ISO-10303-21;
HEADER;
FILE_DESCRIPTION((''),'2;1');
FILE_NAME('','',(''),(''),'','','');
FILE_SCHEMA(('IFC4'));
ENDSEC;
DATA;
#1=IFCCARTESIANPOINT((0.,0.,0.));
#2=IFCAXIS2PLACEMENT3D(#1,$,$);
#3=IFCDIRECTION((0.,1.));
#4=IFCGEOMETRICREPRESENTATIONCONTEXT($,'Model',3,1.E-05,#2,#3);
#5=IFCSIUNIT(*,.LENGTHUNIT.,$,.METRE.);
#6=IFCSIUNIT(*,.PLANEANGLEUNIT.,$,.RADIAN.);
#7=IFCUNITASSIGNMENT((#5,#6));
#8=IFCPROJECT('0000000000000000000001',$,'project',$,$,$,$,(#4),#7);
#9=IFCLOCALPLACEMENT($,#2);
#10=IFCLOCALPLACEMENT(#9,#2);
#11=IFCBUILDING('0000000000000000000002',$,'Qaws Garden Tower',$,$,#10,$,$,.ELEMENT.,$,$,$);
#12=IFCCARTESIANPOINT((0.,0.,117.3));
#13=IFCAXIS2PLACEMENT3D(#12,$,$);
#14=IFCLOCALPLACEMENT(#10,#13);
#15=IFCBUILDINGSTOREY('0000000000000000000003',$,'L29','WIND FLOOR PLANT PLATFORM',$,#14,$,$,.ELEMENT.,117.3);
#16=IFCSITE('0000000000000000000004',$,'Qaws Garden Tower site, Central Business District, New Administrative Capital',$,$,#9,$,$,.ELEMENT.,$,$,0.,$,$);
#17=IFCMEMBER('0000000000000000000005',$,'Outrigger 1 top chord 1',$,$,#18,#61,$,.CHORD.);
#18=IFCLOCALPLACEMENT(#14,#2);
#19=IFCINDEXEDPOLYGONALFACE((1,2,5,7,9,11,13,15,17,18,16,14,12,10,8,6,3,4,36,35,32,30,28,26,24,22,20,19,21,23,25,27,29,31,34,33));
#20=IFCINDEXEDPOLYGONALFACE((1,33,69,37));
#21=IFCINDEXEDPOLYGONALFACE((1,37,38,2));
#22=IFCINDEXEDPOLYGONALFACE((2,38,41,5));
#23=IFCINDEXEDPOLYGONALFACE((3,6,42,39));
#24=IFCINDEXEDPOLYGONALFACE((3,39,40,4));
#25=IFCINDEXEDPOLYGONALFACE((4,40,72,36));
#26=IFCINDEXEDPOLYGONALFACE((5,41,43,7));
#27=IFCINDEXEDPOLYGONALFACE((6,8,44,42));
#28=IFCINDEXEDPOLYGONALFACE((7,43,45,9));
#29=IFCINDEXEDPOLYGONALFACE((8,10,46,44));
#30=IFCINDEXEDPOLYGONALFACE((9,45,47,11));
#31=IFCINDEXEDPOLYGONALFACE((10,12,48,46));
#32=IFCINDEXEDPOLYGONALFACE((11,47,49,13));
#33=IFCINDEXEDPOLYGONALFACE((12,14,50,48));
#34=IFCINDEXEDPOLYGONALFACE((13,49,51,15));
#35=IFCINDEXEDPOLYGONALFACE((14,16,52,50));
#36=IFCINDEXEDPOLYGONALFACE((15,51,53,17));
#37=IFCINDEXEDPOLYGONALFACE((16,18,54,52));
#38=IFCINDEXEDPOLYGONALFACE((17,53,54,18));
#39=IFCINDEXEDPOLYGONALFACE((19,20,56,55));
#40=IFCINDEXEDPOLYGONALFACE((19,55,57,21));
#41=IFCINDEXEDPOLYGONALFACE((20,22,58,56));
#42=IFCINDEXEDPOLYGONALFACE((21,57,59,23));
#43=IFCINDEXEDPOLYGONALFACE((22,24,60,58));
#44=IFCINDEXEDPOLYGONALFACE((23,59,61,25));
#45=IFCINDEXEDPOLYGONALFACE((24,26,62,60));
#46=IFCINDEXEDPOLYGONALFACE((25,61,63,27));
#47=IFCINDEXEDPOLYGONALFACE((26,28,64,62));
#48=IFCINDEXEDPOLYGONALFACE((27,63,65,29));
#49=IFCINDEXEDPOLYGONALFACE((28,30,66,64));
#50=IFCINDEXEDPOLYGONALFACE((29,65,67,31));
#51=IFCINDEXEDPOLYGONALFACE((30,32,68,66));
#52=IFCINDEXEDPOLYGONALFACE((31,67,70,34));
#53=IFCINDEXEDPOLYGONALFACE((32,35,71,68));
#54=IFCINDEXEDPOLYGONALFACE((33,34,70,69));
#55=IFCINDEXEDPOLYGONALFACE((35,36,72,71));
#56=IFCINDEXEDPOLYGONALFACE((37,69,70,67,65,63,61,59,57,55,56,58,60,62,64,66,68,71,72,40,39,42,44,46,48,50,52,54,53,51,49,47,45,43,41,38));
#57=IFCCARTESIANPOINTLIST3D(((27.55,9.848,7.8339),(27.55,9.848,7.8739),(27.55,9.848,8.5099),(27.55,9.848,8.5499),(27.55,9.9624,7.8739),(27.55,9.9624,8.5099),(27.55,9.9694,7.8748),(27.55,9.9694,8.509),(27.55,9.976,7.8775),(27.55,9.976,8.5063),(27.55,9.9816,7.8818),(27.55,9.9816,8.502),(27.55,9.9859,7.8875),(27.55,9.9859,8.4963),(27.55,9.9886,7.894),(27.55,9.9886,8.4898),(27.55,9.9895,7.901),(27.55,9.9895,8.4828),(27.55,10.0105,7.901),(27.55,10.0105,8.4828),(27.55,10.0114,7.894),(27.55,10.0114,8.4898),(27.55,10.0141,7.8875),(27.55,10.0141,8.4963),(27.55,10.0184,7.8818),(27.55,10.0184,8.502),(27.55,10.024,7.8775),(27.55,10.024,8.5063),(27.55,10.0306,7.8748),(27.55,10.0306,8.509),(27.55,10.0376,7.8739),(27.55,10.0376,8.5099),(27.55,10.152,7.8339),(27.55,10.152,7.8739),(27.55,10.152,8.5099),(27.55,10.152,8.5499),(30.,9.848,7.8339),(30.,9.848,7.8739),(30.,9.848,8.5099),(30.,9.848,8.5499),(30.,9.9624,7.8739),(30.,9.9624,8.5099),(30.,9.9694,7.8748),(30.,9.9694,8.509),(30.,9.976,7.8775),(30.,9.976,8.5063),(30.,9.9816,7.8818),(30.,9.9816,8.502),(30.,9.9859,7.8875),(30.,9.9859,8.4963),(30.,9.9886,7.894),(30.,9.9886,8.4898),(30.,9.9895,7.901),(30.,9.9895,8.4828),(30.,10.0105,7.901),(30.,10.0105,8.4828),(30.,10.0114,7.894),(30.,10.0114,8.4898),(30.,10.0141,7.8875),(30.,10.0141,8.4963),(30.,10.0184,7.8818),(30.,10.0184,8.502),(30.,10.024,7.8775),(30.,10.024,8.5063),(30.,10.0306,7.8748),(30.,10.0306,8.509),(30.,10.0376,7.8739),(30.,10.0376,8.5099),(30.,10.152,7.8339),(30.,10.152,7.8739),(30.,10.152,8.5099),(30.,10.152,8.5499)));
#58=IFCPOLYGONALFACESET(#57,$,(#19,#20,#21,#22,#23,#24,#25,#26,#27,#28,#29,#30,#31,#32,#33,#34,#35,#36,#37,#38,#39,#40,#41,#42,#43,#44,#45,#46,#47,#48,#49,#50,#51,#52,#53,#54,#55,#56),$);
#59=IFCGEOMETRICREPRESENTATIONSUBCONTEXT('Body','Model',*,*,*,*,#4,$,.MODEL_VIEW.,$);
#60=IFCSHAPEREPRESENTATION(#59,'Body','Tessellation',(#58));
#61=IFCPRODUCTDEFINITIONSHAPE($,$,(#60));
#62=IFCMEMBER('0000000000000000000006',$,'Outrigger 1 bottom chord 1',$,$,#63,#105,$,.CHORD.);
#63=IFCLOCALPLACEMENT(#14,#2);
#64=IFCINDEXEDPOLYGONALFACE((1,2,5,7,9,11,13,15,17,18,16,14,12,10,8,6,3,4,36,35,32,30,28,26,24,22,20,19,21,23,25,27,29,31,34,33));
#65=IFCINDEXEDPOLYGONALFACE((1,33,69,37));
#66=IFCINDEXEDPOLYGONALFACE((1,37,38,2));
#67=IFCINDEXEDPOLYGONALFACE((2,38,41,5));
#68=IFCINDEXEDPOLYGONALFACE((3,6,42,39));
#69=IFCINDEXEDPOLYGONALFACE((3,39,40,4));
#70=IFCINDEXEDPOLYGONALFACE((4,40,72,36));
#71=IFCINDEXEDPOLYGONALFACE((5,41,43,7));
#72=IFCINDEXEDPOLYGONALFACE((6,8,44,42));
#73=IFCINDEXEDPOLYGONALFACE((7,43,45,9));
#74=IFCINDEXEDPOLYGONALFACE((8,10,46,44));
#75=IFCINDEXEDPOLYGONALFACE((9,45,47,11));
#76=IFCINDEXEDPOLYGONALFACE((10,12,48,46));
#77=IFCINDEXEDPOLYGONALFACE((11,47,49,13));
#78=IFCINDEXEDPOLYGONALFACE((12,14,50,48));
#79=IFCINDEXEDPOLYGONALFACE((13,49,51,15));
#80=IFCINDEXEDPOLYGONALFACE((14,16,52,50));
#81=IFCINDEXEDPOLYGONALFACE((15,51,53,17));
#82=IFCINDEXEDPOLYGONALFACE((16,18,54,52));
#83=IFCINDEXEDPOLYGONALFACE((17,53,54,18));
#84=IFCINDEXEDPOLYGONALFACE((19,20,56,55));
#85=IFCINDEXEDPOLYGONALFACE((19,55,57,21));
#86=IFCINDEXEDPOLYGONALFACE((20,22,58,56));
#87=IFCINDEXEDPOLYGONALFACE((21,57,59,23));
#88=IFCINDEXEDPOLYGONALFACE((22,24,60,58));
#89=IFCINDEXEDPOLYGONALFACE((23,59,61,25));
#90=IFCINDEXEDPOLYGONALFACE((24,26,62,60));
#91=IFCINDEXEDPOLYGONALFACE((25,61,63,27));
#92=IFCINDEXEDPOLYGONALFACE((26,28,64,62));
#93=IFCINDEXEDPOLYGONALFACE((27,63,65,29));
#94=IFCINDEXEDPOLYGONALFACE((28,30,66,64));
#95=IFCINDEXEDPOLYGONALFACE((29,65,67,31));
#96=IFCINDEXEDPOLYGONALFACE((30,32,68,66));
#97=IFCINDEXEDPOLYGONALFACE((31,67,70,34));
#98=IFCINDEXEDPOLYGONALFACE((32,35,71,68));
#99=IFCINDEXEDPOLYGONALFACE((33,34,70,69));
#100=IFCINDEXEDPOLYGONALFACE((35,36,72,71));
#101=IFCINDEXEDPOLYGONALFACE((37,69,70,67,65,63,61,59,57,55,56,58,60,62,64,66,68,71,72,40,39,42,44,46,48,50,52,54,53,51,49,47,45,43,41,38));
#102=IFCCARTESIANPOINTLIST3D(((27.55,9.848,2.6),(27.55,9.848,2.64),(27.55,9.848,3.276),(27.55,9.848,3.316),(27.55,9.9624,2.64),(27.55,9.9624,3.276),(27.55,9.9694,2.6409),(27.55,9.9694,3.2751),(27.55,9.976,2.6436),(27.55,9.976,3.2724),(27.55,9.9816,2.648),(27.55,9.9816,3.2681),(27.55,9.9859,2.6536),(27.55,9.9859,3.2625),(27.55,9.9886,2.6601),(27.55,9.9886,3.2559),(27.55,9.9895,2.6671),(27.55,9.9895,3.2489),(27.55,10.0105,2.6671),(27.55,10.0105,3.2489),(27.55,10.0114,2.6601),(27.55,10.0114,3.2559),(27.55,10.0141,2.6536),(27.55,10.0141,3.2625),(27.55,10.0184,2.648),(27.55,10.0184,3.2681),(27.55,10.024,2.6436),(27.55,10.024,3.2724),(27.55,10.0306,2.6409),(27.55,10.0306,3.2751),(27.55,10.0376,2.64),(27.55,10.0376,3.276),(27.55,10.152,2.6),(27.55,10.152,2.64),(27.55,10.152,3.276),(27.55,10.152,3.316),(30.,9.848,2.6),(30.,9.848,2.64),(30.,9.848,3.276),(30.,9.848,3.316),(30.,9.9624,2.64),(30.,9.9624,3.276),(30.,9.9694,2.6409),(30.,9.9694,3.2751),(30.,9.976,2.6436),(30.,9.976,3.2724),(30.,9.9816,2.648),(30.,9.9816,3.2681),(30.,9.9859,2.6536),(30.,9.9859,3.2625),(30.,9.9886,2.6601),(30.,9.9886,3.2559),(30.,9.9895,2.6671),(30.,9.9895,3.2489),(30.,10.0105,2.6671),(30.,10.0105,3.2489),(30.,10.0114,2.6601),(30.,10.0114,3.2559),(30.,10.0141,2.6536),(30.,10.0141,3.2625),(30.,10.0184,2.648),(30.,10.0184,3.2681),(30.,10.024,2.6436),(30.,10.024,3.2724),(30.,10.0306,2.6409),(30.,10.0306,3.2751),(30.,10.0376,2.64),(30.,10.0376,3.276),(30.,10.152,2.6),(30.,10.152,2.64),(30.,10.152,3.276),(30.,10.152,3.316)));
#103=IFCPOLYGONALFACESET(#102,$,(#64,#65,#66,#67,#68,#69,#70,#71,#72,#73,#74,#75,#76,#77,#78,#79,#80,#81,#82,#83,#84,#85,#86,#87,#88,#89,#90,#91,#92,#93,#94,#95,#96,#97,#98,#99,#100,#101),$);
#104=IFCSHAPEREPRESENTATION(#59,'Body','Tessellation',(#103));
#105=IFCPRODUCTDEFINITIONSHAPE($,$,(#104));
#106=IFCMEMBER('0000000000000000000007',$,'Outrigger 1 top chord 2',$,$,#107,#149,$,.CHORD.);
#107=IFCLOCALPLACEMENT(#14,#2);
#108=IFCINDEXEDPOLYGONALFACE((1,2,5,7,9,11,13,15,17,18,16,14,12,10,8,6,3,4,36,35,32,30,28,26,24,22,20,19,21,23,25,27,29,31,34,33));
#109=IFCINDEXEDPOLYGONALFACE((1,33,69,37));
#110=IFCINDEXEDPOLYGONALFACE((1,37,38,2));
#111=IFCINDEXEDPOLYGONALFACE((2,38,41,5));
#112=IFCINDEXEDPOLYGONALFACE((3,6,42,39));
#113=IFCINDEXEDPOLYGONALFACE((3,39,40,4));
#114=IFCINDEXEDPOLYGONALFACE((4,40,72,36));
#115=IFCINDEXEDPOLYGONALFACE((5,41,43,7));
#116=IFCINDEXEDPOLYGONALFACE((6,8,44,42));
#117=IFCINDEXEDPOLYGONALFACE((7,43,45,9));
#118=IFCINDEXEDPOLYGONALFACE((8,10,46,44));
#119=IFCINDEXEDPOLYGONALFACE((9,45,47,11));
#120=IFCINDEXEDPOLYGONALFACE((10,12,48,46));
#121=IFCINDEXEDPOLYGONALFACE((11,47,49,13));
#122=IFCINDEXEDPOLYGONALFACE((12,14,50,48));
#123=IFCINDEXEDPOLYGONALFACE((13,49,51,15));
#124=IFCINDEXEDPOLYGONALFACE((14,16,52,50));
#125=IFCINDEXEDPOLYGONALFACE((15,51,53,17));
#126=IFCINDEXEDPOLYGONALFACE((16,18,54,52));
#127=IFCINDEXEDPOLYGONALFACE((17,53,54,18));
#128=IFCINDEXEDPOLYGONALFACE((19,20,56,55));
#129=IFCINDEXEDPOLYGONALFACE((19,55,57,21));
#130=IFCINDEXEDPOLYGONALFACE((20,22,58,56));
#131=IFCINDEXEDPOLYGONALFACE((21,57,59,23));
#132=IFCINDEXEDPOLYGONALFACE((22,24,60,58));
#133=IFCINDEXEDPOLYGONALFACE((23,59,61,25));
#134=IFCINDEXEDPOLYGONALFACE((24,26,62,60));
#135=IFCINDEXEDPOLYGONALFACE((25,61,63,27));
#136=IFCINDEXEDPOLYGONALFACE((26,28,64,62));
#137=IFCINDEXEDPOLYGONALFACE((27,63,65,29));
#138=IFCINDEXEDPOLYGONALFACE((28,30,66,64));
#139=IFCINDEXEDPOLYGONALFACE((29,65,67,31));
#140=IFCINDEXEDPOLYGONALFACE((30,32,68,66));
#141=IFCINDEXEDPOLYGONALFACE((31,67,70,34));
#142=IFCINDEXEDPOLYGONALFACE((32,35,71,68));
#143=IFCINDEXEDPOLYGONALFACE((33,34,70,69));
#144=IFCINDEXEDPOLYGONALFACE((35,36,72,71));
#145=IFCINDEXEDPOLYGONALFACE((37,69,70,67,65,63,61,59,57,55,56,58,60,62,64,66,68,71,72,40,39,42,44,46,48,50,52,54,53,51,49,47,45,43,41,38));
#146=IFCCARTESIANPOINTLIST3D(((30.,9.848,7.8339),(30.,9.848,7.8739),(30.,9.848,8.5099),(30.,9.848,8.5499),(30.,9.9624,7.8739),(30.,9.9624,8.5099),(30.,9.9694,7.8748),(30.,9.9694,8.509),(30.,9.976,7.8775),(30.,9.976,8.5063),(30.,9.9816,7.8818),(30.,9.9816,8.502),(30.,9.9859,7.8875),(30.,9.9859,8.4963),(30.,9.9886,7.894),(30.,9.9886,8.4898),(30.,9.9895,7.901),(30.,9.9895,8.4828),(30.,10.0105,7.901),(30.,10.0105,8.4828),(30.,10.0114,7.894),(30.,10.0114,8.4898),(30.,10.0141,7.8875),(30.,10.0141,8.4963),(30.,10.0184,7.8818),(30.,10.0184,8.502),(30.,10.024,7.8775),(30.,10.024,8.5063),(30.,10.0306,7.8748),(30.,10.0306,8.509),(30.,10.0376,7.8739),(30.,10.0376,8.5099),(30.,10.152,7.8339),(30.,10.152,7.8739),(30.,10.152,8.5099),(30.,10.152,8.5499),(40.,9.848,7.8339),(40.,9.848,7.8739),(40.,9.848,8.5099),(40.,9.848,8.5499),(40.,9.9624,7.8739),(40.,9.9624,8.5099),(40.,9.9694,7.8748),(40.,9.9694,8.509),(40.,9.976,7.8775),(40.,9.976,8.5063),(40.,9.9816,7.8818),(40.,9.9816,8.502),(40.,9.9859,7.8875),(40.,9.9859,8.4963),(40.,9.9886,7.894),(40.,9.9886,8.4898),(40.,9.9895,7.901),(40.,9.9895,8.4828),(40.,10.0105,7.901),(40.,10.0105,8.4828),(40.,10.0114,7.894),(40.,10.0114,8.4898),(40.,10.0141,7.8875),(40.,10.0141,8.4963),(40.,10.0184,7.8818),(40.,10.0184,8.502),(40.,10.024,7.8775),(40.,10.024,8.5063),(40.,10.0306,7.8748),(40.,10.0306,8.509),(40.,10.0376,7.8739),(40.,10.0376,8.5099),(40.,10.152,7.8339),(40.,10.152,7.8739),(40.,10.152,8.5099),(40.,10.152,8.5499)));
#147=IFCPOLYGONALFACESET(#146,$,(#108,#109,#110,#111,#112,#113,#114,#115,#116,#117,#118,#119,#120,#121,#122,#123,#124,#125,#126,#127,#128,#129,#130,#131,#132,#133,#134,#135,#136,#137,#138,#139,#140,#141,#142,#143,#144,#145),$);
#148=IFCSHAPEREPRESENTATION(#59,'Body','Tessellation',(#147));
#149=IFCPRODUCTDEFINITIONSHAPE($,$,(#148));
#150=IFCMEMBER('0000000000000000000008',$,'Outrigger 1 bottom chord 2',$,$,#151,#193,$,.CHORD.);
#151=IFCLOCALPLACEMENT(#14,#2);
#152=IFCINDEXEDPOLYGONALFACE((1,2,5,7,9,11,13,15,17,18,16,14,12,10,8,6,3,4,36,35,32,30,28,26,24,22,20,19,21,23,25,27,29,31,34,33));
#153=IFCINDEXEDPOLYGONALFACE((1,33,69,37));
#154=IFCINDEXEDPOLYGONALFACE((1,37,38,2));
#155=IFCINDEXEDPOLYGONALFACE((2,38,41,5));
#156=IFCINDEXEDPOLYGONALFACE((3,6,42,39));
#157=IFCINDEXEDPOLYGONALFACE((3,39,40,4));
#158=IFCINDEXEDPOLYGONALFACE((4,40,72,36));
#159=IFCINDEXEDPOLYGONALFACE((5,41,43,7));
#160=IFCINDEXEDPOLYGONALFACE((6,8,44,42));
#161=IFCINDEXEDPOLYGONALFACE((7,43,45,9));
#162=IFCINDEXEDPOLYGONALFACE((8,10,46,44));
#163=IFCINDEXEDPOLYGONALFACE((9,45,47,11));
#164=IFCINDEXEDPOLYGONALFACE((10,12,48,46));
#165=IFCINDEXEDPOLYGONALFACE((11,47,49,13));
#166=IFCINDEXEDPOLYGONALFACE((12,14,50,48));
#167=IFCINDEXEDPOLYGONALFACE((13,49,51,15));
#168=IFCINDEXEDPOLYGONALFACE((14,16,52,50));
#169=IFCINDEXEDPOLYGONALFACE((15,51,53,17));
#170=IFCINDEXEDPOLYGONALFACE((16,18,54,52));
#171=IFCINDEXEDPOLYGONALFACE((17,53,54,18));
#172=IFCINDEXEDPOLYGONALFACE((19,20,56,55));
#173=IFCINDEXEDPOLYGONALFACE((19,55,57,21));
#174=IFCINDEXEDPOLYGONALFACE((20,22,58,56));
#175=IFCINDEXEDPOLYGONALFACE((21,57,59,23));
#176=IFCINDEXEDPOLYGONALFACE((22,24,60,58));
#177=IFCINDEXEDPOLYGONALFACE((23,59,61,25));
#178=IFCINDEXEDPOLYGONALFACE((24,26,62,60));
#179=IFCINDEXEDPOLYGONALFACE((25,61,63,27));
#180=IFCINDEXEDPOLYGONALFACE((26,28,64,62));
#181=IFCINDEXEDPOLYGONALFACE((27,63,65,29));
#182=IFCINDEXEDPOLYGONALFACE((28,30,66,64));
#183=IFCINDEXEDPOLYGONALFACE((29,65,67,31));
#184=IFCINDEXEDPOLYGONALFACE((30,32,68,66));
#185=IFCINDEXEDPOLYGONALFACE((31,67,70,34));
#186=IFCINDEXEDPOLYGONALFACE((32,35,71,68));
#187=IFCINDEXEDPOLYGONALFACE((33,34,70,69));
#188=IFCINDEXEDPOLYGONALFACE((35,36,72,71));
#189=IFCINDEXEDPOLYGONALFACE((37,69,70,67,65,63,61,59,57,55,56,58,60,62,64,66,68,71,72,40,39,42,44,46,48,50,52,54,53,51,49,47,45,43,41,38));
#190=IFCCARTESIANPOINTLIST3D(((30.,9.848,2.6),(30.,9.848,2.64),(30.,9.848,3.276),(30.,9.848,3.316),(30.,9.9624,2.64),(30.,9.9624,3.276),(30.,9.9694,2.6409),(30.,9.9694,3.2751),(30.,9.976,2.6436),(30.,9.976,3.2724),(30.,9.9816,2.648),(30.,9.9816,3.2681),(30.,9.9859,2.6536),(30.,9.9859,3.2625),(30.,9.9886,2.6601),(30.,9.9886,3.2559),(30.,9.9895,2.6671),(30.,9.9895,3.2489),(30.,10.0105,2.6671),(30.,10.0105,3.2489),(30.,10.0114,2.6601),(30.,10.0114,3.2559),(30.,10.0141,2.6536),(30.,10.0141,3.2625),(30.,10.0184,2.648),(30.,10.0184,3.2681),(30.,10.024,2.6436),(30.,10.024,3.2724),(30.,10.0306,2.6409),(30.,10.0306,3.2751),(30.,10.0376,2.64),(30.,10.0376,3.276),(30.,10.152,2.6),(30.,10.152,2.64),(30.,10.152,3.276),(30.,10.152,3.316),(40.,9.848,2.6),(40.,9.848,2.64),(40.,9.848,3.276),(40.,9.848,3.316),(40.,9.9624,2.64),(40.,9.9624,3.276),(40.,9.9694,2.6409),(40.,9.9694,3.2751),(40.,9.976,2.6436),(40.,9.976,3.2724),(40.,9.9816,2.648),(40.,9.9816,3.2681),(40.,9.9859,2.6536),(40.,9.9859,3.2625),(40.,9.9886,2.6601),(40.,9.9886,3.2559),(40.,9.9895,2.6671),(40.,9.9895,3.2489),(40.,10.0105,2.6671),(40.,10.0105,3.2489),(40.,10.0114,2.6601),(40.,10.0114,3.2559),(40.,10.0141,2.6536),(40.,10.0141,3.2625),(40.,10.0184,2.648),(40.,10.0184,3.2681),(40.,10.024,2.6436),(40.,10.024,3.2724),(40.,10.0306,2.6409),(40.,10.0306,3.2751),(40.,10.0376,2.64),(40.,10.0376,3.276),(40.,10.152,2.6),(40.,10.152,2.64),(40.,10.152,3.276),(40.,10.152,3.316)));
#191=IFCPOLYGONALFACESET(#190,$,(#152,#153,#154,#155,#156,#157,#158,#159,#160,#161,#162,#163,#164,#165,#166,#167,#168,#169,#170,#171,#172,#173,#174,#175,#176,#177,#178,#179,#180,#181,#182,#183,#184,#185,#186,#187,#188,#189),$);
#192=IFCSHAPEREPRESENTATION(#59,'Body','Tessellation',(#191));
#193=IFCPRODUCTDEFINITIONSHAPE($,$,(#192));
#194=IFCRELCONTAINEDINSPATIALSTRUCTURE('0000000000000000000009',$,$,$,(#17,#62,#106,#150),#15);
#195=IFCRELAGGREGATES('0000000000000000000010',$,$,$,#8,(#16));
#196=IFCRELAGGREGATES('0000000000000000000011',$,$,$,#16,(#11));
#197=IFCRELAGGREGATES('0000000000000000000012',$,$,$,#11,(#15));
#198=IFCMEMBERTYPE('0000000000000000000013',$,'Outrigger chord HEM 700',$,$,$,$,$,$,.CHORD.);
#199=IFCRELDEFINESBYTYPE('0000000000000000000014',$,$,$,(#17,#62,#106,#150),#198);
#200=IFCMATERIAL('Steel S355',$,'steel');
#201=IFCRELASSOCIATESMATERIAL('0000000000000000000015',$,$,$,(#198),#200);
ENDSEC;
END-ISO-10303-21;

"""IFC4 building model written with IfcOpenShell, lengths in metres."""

from ifc_helpers import new_model, si_unit, direction, frame, origin, origin_2d, place, context, subcontext, project, spatial, i_section, extrude, material, material_profile, profile_set, type_object, element, save


model = new_model("IFC4")

# Units and contexts
model_context = context("Model", 3, precision=1e-05, world=origin(), true_north=direction((0.0, 1.0)))
body_context = subcontext(model_context, "Body", "Model", "MODEL_VIEW")
ifc_project = project(units=[si_unit("LENGTHUNIT", "METRE"), si_unit("PLANEANGLEUNIT", "RADIAN")], contexts=[model_context])

# Site, building, storey
site_placement = place(None, origin())
site = spatial("IfcSite", under=ifc_project, at=site_placement, Name="Qaws Garden Tower site, Central Business District, New Administrative Capital", CompositionType="ELEMENT", RefElevation=0.0)
building_placement = place(site_placement, origin())
building = spatial("IfcBuilding", under=site, at=building_placement, Name="Qaws Garden Tower", CompositionType="ELEMENT")
storey_placement = place(building_placement, frame((0.0, 0.0, 117.3)))
storey = spatial("IfcBuildingStorey", under=building, at=storey_placement, Name="L29", Description="WIND FLOOR PLANT PLATFORM", CompositionType="ELEMENT", Elevation=117.3)

# Members
ifc_material_1 = material(Name="Steel S355", Category="steel")
ifc_material_profile_1 = material_profile(ifc_material_1, i_section(OverallWidth=0.304, OverallDepth=0.7161, WebThickness=0.021, FlangeThickness=0.04, FilletRadius=0.0271, at=origin_2d()), Name="HEM 700")
ifc_profile_set_1 = profile_set([ifc_material_profile_1], Name="Steel S355")
member_type_1 = type_object("IfcMemberType", Name="Outrigger chord HEM 700", PredefinedType="CHORD", material=ifc_profile_set_1)
for number, where, z_axis, x_axis, name in (
    (1, (27.55, 10.0, 8.1919), (1.0, 0.0, 0.0), (0.0, 1.0, 0.0), "Outrigger 1 top chord 1"),
    (2, (27.55, 10.0, 2.958), (1.0, 0.0, 0.0), (0.0, 1.0, 0.0), "Outrigger 1 bottom chord 1"),
):
    element("IfcMember", number, at=place(storey_placement, frame(where, z_axis=z_axis, x_axis=x_axis)), inside=storey, type_object=member_type_1, Name=name, PredefinedType="CHORD", context=body_context, shape_type="SweptSolid", body=[
        extrude(i_section(OverallWidth=0.304, OverallDepth=0.7161, WebThickness=0.021, FlangeThickness=0.04, FilletRadius=0.0271, at=origin_2d()), origin(), (0.0, 0.0, 1.0), 2.45),
    ])
for number, where, z_axis, x_axis, name in (
    (3, (30.0, 10.0, 8.1919), (1.0, 0.0, 0.0), (0.0, 1.0, 0.0), "Outrigger 1 top chord 2"),
    (4, (30.0, 10.0, 2.958), (1.0, 0.0, 0.0), (0.0, 1.0, 0.0), "Outrigger 1 bottom chord 2"),
):
    element("IfcMember", number, at=place(storey_placement, frame(where, z_axis=z_axis, x_axis=x_axis)), inside=storey, type_object=member_type_1, Name=name, PredefinedType="CHORD", context=body_context, shape_type="SweptSolid", body=[
        extrude(i_section(OverallWidth=0.304, OverallDepth=0.7161, WebThickness=0.021, FlangeThickness=0.04, FilletRadius=0.0271, at=origin_2d()), origin(), (0.0, 0.0, 1.0), 10.0),
    ])

save(model, "model.ifc")
